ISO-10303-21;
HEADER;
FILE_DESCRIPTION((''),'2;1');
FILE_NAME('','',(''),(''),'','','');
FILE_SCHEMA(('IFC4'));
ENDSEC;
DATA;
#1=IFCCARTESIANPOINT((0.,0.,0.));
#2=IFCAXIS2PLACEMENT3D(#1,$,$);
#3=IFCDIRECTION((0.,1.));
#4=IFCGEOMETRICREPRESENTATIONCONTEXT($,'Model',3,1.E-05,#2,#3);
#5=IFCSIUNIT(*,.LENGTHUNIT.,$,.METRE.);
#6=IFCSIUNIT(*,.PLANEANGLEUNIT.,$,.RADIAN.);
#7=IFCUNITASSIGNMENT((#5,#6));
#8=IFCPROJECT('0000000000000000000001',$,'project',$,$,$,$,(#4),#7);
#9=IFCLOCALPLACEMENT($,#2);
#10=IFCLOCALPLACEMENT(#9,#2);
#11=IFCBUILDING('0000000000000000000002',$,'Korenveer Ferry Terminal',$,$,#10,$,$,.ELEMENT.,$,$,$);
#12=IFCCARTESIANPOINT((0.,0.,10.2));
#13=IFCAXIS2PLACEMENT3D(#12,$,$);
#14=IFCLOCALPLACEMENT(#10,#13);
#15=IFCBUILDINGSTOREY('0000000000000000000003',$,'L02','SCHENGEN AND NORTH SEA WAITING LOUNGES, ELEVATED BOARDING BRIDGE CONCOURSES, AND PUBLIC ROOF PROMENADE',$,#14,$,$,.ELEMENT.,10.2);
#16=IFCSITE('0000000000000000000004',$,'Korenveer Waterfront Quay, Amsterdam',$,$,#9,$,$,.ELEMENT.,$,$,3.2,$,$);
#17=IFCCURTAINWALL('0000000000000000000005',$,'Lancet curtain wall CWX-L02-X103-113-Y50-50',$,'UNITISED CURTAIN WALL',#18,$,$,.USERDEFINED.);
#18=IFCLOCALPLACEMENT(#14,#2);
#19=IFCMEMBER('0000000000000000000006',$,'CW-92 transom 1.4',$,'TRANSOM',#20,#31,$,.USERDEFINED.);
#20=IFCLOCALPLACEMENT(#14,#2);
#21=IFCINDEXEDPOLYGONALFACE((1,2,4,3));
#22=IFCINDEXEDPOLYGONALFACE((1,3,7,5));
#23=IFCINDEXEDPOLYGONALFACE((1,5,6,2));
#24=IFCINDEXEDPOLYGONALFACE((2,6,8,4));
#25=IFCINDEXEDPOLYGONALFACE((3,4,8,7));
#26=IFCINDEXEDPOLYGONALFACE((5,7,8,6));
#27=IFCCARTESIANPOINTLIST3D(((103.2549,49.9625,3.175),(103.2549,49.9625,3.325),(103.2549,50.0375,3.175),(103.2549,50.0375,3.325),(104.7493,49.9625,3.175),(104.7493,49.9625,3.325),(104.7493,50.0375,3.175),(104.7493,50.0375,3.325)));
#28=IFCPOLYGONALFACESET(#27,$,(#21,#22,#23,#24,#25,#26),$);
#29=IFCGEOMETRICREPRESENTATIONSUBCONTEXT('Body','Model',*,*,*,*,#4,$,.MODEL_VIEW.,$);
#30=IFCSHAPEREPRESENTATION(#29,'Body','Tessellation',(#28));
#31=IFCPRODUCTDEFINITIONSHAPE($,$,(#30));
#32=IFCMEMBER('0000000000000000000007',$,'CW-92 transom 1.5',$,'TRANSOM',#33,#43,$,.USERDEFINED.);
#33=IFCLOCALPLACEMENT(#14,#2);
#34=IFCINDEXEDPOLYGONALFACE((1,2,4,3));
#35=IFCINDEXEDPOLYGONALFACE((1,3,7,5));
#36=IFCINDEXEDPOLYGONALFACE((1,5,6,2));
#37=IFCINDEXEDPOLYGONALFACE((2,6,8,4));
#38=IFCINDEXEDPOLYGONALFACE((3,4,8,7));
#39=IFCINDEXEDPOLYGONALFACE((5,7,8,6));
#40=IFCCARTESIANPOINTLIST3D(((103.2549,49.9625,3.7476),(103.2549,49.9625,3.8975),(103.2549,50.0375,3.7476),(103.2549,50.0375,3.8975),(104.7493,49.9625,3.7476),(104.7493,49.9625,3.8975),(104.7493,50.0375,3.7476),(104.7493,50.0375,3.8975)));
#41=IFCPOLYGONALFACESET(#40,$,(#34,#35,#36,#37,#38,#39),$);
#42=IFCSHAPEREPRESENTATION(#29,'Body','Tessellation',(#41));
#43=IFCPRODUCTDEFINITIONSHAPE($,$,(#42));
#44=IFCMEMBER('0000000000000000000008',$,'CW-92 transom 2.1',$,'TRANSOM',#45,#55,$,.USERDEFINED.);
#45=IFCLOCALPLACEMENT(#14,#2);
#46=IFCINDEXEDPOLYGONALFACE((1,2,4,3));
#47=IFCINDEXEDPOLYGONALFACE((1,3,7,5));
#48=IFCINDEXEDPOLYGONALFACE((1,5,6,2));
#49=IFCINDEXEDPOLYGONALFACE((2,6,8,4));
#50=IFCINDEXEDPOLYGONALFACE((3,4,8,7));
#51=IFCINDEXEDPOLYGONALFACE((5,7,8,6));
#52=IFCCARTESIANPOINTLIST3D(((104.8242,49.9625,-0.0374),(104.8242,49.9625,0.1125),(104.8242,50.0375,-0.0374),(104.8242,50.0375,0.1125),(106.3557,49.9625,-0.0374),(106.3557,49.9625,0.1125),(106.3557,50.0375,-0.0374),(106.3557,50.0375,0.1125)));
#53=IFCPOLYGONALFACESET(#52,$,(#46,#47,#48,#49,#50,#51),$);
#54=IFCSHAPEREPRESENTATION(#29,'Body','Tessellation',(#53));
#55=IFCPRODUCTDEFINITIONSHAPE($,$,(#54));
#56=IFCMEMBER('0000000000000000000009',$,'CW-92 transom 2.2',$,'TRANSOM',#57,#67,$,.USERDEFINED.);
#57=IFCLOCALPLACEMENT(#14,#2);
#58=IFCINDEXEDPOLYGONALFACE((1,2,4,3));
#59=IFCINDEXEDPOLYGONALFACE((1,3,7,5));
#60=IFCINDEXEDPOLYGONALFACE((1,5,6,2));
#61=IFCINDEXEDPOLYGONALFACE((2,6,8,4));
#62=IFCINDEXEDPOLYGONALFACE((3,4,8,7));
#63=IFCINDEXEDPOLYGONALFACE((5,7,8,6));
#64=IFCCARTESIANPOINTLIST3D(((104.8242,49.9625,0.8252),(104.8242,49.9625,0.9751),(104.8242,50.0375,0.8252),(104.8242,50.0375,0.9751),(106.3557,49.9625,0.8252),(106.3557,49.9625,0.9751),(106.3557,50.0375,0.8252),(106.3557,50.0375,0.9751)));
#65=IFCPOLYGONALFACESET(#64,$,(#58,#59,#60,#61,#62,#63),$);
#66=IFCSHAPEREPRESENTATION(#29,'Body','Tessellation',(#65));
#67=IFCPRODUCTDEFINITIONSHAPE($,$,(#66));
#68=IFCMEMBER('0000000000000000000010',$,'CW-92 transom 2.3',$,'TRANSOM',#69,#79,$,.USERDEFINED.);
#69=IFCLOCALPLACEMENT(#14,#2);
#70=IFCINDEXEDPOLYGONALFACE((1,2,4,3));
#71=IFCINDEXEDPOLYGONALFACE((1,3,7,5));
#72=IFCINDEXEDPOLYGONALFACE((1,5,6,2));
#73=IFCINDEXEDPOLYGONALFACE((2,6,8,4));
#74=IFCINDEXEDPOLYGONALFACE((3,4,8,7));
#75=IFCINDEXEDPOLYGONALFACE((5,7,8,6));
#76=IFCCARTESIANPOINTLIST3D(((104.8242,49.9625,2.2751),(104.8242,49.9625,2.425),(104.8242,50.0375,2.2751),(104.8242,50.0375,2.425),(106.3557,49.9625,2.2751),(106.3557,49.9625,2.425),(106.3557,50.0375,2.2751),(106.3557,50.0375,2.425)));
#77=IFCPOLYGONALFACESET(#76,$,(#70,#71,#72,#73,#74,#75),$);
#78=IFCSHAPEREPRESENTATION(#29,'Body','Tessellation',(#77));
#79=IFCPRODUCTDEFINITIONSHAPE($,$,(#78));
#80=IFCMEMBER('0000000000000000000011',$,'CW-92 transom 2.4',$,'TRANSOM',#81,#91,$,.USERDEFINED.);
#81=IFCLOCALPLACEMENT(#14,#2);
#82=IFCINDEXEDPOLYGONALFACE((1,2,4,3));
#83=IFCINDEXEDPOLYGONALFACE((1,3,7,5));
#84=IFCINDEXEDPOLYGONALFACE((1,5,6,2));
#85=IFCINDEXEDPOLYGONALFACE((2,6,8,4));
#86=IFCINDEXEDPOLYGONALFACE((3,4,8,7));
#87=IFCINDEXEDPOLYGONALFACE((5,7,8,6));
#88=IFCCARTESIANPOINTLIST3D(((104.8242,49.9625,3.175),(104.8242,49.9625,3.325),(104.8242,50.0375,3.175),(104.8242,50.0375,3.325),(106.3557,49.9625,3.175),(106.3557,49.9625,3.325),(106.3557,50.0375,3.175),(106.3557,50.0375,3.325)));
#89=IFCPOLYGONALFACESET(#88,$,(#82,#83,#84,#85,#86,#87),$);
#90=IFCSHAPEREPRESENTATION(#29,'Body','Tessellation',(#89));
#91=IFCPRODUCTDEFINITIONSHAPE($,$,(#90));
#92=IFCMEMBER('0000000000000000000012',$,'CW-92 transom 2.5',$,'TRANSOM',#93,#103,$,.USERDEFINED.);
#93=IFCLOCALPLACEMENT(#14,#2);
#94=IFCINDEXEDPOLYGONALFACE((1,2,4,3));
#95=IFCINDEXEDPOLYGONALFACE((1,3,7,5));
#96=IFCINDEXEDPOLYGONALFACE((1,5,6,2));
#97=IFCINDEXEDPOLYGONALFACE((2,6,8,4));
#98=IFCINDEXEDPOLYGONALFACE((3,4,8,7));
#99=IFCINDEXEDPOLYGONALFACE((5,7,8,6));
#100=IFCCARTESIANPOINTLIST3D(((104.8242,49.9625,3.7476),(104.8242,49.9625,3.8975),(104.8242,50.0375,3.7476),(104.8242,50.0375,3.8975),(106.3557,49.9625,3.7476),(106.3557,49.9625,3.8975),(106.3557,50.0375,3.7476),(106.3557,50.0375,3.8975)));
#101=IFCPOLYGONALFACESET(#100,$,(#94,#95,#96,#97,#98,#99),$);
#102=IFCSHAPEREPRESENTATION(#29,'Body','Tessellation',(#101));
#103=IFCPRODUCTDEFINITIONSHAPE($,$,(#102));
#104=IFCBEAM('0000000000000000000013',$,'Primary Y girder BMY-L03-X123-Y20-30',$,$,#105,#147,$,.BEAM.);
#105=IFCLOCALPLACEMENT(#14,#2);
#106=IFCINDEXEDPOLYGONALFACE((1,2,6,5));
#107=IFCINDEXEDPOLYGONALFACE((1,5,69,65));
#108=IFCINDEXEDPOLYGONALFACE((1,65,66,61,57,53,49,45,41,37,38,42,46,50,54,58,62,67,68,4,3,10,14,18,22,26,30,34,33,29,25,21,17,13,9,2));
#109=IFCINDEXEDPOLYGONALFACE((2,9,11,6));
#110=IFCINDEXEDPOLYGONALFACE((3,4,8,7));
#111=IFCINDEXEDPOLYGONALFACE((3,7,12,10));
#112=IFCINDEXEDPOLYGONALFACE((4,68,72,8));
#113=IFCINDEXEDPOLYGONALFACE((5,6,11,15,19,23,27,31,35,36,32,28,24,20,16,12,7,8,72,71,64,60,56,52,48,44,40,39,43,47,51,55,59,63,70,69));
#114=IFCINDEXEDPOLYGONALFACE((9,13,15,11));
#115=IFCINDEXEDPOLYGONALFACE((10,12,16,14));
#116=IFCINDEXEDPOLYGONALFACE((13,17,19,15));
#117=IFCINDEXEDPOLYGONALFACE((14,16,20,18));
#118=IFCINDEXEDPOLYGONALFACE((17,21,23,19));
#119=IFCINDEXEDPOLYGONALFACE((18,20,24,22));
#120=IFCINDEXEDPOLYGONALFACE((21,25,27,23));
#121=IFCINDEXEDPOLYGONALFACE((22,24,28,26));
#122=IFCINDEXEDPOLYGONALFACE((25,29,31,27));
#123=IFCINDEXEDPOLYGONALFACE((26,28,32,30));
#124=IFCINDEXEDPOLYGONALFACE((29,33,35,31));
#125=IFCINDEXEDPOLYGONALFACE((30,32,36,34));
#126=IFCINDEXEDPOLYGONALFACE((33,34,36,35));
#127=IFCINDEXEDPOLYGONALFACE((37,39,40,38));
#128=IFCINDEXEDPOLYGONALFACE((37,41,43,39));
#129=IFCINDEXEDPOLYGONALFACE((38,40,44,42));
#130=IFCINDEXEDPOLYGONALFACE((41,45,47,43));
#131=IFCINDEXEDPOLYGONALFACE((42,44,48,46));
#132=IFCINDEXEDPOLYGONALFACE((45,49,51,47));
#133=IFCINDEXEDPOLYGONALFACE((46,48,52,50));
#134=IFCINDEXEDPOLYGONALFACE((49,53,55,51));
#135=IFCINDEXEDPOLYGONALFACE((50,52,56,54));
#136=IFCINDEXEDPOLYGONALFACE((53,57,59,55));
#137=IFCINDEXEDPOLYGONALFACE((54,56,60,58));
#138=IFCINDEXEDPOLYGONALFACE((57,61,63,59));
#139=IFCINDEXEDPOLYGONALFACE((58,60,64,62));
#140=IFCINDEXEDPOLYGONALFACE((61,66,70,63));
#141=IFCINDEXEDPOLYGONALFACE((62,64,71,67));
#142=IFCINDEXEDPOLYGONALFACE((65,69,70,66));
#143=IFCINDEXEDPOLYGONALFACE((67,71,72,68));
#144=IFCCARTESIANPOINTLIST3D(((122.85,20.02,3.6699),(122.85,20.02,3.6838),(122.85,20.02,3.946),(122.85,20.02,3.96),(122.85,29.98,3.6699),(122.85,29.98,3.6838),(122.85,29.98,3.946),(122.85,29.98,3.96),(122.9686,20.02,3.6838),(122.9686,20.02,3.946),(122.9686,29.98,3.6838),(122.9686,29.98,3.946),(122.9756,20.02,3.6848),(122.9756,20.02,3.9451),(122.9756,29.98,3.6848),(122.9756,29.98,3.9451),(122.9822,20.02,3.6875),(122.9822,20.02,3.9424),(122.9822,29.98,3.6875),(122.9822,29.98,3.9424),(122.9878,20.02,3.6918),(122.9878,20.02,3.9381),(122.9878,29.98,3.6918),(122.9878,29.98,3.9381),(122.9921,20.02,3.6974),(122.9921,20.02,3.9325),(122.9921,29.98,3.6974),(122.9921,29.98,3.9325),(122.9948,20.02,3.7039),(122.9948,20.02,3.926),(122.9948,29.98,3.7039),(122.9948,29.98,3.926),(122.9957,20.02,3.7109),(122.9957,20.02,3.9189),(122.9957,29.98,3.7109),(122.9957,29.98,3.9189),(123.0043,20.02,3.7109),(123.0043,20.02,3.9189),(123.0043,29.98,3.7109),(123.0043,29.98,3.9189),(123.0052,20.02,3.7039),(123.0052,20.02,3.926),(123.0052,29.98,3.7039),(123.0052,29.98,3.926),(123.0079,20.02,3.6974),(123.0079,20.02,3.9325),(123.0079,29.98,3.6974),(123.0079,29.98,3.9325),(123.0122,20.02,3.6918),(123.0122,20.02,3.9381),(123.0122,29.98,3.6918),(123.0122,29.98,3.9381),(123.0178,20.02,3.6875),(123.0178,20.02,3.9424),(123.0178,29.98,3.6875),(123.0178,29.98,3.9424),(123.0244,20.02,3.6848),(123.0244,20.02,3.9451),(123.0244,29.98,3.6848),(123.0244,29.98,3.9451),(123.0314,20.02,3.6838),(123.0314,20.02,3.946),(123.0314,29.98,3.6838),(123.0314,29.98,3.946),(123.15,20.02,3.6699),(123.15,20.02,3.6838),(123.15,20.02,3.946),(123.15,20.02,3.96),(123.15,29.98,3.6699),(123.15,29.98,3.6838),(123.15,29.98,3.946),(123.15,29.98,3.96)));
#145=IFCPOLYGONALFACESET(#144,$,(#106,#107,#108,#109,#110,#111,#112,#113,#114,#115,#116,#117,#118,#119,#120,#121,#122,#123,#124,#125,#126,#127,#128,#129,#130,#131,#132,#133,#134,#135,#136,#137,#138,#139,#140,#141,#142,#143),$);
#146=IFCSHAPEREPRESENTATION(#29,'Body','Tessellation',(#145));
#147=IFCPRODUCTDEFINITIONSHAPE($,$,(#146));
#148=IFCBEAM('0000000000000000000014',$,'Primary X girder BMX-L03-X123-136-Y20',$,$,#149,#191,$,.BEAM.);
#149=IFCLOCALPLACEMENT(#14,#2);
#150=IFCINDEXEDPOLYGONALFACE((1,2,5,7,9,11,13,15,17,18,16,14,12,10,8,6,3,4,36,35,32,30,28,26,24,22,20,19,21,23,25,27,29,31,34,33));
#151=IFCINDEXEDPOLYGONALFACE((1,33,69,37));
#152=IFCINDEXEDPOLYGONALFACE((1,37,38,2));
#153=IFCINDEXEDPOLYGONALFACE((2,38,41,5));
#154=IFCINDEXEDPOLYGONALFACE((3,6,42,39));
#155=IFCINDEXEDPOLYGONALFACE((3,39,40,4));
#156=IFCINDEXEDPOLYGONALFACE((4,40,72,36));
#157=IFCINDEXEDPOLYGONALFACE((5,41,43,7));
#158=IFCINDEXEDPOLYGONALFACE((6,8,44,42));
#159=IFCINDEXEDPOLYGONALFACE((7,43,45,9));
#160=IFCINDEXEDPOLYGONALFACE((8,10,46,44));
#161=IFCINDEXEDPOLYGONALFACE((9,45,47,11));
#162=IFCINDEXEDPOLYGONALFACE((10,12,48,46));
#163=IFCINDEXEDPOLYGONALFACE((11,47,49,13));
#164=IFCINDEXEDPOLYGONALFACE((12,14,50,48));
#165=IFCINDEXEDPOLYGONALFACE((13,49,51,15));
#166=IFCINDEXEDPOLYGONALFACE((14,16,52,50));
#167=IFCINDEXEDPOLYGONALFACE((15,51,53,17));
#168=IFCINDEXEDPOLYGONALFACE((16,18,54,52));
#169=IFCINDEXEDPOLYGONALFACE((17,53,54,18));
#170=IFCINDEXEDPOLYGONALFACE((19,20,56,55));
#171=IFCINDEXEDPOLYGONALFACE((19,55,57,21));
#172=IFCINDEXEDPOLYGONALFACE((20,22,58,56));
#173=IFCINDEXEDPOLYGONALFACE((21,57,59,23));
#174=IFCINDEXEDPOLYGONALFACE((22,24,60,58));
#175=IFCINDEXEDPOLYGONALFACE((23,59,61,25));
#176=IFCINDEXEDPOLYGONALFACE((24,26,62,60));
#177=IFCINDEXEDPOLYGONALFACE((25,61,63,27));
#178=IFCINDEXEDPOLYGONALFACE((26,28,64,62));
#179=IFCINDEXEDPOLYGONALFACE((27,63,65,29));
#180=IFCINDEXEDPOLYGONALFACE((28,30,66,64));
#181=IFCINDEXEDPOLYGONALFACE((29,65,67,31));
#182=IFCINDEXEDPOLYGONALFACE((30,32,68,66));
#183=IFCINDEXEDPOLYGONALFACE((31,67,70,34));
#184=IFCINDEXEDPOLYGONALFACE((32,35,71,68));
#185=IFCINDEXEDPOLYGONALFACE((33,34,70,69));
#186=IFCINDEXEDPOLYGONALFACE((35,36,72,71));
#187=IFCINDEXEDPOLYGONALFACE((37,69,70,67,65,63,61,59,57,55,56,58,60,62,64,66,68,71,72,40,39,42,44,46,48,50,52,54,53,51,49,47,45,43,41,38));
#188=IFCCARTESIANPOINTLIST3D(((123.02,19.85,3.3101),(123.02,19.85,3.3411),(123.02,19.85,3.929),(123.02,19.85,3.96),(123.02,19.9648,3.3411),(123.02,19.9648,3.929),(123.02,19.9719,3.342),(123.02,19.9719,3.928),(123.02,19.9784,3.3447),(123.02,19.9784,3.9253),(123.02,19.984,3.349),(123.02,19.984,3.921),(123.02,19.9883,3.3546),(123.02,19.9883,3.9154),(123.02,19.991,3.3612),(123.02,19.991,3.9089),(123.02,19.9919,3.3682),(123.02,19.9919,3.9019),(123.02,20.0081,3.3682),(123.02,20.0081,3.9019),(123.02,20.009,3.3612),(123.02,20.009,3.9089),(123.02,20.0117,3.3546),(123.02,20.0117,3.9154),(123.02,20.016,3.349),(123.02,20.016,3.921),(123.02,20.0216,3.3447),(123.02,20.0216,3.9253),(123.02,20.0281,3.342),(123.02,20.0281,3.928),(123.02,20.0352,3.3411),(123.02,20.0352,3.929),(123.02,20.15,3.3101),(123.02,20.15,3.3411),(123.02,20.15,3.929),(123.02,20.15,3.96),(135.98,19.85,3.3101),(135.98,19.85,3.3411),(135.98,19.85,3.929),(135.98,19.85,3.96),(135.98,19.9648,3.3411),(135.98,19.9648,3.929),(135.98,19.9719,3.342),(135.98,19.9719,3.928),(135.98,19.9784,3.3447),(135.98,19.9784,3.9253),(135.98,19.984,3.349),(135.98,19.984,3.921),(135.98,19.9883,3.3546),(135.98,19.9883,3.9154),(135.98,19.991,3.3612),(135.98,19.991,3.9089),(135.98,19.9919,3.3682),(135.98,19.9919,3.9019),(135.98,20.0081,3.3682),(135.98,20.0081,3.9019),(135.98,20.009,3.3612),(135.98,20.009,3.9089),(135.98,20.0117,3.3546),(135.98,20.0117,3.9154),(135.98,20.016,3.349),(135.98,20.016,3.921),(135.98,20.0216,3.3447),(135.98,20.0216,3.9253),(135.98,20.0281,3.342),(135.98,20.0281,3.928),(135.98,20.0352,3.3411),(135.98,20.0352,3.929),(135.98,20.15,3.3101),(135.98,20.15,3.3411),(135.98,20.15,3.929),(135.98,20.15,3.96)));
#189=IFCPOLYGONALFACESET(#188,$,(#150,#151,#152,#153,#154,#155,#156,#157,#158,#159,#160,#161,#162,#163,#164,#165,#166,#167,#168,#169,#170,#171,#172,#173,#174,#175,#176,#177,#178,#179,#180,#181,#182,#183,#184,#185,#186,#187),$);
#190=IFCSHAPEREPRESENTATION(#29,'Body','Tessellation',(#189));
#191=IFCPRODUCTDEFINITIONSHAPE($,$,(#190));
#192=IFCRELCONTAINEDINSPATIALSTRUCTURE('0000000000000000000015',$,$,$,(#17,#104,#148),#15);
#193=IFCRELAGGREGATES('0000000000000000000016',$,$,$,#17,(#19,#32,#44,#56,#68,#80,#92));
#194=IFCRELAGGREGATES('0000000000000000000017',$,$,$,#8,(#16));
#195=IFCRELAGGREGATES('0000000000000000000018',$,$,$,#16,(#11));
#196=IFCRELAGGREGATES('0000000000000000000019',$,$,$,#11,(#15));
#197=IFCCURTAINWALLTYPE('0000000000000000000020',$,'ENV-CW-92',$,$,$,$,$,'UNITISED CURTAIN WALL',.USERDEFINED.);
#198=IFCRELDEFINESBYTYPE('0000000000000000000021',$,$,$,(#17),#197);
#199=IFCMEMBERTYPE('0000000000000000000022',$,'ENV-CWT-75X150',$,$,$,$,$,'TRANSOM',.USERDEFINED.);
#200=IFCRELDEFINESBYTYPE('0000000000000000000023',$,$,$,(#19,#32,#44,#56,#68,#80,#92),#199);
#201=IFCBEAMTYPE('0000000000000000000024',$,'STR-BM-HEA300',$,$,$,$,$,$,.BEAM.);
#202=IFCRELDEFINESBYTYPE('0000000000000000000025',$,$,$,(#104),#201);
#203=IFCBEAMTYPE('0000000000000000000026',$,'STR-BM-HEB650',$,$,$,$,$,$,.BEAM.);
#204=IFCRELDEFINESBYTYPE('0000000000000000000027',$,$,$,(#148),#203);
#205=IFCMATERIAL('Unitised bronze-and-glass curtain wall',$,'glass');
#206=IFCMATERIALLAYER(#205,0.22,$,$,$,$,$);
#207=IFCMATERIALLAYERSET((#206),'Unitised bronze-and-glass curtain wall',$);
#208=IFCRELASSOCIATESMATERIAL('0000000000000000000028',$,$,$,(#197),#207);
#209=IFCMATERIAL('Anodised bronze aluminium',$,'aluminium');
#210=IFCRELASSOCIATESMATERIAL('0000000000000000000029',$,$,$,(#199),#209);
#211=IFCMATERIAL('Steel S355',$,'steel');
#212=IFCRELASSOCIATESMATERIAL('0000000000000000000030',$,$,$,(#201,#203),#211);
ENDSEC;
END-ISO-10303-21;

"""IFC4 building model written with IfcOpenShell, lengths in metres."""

from ifc_helpers import new_model, si_unit, direction, frame, origin, origin_2d, place, context, subcontext, project, spatial, rectangle, i_section, extrude, material, layer, layer_set, material_profile, profile_set, type_object, element, aggregate, save


model = new_model("IFC4")

# Units and contexts
model_context = context("Model", 3, precision=1e-05, world=origin(), true_north=direction((0.0, 1.0)))
body_context = subcontext(model_context, "Body", "Model", "MODEL_VIEW")
ifc_project = project(units=[si_unit("LENGTHUNIT", "METRE"), si_unit("PLANEANGLEUNIT", "RADIAN")], contexts=[model_context])

# Site, building, storey
site_placement = place(None, origin())
site = spatial("IfcSite", under=ifc_project, at=site_placement, Name="Korenveer Waterfront Quay, Amsterdam", CompositionType="ELEMENT", RefElevation=3.2)
building_placement = place(site_placement, origin())
building = spatial("IfcBuilding", under=site, at=building_placement, Name="Korenveer Ferry Terminal", CompositionType="ELEMENT")
storey_placement = place(building_placement, frame((0.0, 0.0, 10.2)))
storey = spatial("IfcBuildingStorey", under=building, at=storey_placement, Name="L02", Description="SCHENGEN AND NORTH SEA WAITING LOUNGES, ELEVATED BOARDING BRIDGE CONCOURSES, AND PUBLIC ROOF PROMENADE", CompositionType="ELEMENT", Elevation=10.2)

# Shared definitions
ifc_material_1 = material(Name="Steel S355", Category="steel")

# Curtain wall
ifc_material_2 = material(Name="Unitised bronze-and-glass curtain wall", Category="glass")
ifc_material_3 = material(Name="Anodised bronze aluminium", Category="aluminium")
ifc_layer_1 = layer(ifc_material_2, 0.22)
ifc_layer_set_1 = layer_set([ifc_layer_1], Name="Unitised bronze-and-glass curtain wall")
curtain_wall_type_1 = type_object("IfcCurtainWallType", Name="ENV-CW-92", ElementType="UNITISED CURTAIN WALL", PredefinedType="USERDEFINED", material=ifc_layer_set_1)
curtain_wall_1_placement = place(storey_placement, frame((103.1799, 50.0, 0.0)))
curtain_wall_1 = element("IfcCurtainWall", 1, at=curtain_wall_1_placement, inside=storey, type_object=curtain_wall_type_1, Name="Lancet curtain wall CWX-L02-X103-113-Y50-50", ObjectType="UNITISED CURTAIN WALL", PredefinedType="USERDEFINED")

# Members
ifc_material_profile_1 = material_profile(ifc_material_3, rectangle(XDim=0.075, YDim=0.1499, at=origin_2d()), Name="ALU 75x150")
ifc_profile_set_1 = profile_set([ifc_material_profile_1], Name="Anodised bronze aluminium")
member_type_1 = type_object("IfcMemberType", Name="ENV-CWT-75X150", ElementType="TRANSOM", PredefinedType="USERDEFINED", material=ifc_profile_set_1)
member_1_placement = place(storey_placement, frame((103.2549, 50.0, 3.25), z_axis=(1.0, 0.0, 0.0), x_axis=(0.0, 1.0, 0.0)))
member_1 = element("IfcMember", 2, at=member_1_placement, type_object=member_type_1, Name="CW-92 transom 1.4", ObjectType="TRANSOM", PredefinedType="USERDEFINED", context=body_context, shape_type="SweptSolid", body=[
    extrude(rectangle(XDim=0.075, YDim=0.1499, at=origin_2d()), origin(), (0.0, 0.0, 1.0), 1.4944),
])
member_2_placement = place(storey_placement, frame((103.2549, 50.0, 3.8225), z_axis=(1.0, 0.0, 0.0), x_axis=(0.0, 1.0, 0.0)))
member_2 = element("IfcMember", 3, at=member_2_placement, type_object=member_type_1, Name="CW-92 transom 1.5", ObjectType="TRANSOM", PredefinedType="USERDEFINED", context=body_context, shape_type="SweptSolid", body=[
    extrude(rectangle(XDim=0.075, YDim=0.1499, at=origin_2d()), origin(), (0.0, 0.0, 1.0), 1.4944),
])
member_3_placement = place(storey_placement, frame((104.8242, 50.0, 0.0376), z_axis=(1.0, 0.0, 0.0), x_axis=(0.0, 1.0, 0.0)))
member_3 = element("IfcMember", 4, at=member_3_placement, type_object=member_type_1, Name="CW-92 transom 2.1", ObjectType="TRANSOM", PredefinedType="USERDEFINED", context=body_context, shape_type="SweptSolid", body=[
    extrude(rectangle(XDim=0.075, YDim=0.1499, at=origin_2d()), origin(), (0.0, 0.0, 1.0), 1.5315),
])
member_4_placement = place(storey_placement, frame((104.8242, 50.0, 0.9001), z_axis=(1.0, 0.0, 0.0), x_axis=(0.0, 1.0, 0.0)))
member_4 = element("IfcMember", 5, at=member_4_placement, type_object=member_type_1, Name="CW-92 transom 2.2", ObjectType="TRANSOM", PredefinedType="USERDEFINED", context=body_context, shape_type="SweptSolid", body=[
    extrude(rectangle(XDim=0.075, YDim=0.1499, at=origin_2d()), origin(), (0.0, 0.0, 1.0), 1.5315),
])
member_5_placement = place(storey_placement, frame((104.8242, 50.0, 2.3501), z_axis=(1.0, 0.0, 0.0), x_axis=(0.0, 1.0, 0.0)))
member_5 = element("IfcMember", 6, at=member_5_placement, type_object=member_type_1, Name="CW-92 transom 2.3", ObjectType="TRANSOM", PredefinedType="USERDEFINED", context=body_context, shape_type="SweptSolid", body=[
    extrude(rectangle(XDim=0.075, YDim=0.1499, at=origin_2d()), origin(), (0.0, 0.0, 1.0), 1.5315),
])
member_6_placement = place(storey_placement, frame((104.8242, 50.0, 3.25), z_axis=(1.0, 0.0, 0.0), x_axis=(0.0, 1.0, 0.0)))
member_6 = element("IfcMember", 7, at=member_6_placement, type_object=member_type_1, Name="CW-92 transom 2.4", ObjectType="TRANSOM", PredefinedType="USERDEFINED", context=body_context, shape_type="SweptSolid", body=[
    extrude(rectangle(XDim=0.075, YDim=0.1499, at=origin_2d()), origin(), (0.0, 0.0, 1.0), 1.5315),
])
member_7_placement = place(storey_placement, frame((104.8242, 50.0, 3.8225), z_axis=(1.0, 0.0, 0.0), x_axis=(0.0, 1.0, 0.0)))
member_7 = element("IfcMember", 8, at=member_7_placement, type_object=member_type_1, Name="CW-92 transom 2.5", ObjectType="TRANSOM", PredefinedType="USERDEFINED", context=body_context, shape_type="SweptSolid", body=[
    extrude(rectangle(XDim=0.075, YDim=0.1499, at=origin_2d()), origin(), (0.0, 0.0, 1.0), 1.5315),
])

# Beams
ifc_material_profile_2 = material_profile(ifc_material_1, i_section(OverallWidth=0.3, OverallDepth=0.29, WebThickness=0.0085, FlangeThickness=0.0139, FilletRadius=0.0271, at=origin_2d()), Name="HEA 300")
ifc_profile_set_2 = profile_set([ifc_material_profile_2], Name="Steel S355")
beam_type_1 = type_object("IfcBeamType", Name="STR-BM-HEA300", PredefinedType="BEAM", material=ifc_profile_set_2)
beam_placement = place(storey_placement, frame((123.0, 20.02, 3.8149), z_axis=(0.0, 1.0, 0.0), x_axis=(-1.0, 0.0, 0.0)))
element("IfcBeam", 9, at=beam_placement, inside=storey, type_object=beam_type_1, Name="Primary Y girder BMY-L03-X123-Y20-30", PredefinedType="BEAM", context=body_context, shape_type="SweptSolid", body=[
    extrude(i_section(OverallWidth=0.3, OverallDepth=0.29, WebThickness=0.0085, FlangeThickness=0.0139, FilletRadius=0.0271, at=origin_2d()), origin(), (0.0, 0.0, 1.0), 9.96),
])
ifc_material_profile_3 = material_profile(ifc_material_1, i_section(OverallWidth=0.3, OverallDepth=0.6499, WebThickness=0.0161, FlangeThickness=0.031, FilletRadius=0.0271, at=origin_2d()), Name="HEB 650")
ifc_profile_set_3 = profile_set([ifc_material_profile_3], Name="Steel S355")
beam_type_2 = type_object("IfcBeamType", Name="STR-BM-HEB650", PredefinedType="BEAM", material=ifc_profile_set_3)
for number, where, z_axis, x_axis, name in (
    (10, (123.02, 20.0, 3.635), (1.0, 0.0, 0.0), (0.0, 1.0, 0.0), "Primary X girder BMX-L03-X123-136-Y20"),
):
    element("IfcBeam", number, at=place(storey_placement, frame(where, z_axis=z_axis, x_axis=x_axis)), inside=storey, type_object=beam_type_2, Name=name, PredefinedType="BEAM", context=body_context, shape_type="SweptSolid", body=[
        extrude(i_section(OverallWidth=0.3, OverallDepth=0.6499, WebThickness=0.0161, FlangeThickness=0.031, FilletRadius=0.0271, at=origin_2d()), origin(), (0.0, 0.0, 1.0), 12.96),
    ])

aggregate(curtain_wall_1, [member_1, member_2, member_3, member_4, member_5, member_6, member_7])

save(model, "model.ifc")
